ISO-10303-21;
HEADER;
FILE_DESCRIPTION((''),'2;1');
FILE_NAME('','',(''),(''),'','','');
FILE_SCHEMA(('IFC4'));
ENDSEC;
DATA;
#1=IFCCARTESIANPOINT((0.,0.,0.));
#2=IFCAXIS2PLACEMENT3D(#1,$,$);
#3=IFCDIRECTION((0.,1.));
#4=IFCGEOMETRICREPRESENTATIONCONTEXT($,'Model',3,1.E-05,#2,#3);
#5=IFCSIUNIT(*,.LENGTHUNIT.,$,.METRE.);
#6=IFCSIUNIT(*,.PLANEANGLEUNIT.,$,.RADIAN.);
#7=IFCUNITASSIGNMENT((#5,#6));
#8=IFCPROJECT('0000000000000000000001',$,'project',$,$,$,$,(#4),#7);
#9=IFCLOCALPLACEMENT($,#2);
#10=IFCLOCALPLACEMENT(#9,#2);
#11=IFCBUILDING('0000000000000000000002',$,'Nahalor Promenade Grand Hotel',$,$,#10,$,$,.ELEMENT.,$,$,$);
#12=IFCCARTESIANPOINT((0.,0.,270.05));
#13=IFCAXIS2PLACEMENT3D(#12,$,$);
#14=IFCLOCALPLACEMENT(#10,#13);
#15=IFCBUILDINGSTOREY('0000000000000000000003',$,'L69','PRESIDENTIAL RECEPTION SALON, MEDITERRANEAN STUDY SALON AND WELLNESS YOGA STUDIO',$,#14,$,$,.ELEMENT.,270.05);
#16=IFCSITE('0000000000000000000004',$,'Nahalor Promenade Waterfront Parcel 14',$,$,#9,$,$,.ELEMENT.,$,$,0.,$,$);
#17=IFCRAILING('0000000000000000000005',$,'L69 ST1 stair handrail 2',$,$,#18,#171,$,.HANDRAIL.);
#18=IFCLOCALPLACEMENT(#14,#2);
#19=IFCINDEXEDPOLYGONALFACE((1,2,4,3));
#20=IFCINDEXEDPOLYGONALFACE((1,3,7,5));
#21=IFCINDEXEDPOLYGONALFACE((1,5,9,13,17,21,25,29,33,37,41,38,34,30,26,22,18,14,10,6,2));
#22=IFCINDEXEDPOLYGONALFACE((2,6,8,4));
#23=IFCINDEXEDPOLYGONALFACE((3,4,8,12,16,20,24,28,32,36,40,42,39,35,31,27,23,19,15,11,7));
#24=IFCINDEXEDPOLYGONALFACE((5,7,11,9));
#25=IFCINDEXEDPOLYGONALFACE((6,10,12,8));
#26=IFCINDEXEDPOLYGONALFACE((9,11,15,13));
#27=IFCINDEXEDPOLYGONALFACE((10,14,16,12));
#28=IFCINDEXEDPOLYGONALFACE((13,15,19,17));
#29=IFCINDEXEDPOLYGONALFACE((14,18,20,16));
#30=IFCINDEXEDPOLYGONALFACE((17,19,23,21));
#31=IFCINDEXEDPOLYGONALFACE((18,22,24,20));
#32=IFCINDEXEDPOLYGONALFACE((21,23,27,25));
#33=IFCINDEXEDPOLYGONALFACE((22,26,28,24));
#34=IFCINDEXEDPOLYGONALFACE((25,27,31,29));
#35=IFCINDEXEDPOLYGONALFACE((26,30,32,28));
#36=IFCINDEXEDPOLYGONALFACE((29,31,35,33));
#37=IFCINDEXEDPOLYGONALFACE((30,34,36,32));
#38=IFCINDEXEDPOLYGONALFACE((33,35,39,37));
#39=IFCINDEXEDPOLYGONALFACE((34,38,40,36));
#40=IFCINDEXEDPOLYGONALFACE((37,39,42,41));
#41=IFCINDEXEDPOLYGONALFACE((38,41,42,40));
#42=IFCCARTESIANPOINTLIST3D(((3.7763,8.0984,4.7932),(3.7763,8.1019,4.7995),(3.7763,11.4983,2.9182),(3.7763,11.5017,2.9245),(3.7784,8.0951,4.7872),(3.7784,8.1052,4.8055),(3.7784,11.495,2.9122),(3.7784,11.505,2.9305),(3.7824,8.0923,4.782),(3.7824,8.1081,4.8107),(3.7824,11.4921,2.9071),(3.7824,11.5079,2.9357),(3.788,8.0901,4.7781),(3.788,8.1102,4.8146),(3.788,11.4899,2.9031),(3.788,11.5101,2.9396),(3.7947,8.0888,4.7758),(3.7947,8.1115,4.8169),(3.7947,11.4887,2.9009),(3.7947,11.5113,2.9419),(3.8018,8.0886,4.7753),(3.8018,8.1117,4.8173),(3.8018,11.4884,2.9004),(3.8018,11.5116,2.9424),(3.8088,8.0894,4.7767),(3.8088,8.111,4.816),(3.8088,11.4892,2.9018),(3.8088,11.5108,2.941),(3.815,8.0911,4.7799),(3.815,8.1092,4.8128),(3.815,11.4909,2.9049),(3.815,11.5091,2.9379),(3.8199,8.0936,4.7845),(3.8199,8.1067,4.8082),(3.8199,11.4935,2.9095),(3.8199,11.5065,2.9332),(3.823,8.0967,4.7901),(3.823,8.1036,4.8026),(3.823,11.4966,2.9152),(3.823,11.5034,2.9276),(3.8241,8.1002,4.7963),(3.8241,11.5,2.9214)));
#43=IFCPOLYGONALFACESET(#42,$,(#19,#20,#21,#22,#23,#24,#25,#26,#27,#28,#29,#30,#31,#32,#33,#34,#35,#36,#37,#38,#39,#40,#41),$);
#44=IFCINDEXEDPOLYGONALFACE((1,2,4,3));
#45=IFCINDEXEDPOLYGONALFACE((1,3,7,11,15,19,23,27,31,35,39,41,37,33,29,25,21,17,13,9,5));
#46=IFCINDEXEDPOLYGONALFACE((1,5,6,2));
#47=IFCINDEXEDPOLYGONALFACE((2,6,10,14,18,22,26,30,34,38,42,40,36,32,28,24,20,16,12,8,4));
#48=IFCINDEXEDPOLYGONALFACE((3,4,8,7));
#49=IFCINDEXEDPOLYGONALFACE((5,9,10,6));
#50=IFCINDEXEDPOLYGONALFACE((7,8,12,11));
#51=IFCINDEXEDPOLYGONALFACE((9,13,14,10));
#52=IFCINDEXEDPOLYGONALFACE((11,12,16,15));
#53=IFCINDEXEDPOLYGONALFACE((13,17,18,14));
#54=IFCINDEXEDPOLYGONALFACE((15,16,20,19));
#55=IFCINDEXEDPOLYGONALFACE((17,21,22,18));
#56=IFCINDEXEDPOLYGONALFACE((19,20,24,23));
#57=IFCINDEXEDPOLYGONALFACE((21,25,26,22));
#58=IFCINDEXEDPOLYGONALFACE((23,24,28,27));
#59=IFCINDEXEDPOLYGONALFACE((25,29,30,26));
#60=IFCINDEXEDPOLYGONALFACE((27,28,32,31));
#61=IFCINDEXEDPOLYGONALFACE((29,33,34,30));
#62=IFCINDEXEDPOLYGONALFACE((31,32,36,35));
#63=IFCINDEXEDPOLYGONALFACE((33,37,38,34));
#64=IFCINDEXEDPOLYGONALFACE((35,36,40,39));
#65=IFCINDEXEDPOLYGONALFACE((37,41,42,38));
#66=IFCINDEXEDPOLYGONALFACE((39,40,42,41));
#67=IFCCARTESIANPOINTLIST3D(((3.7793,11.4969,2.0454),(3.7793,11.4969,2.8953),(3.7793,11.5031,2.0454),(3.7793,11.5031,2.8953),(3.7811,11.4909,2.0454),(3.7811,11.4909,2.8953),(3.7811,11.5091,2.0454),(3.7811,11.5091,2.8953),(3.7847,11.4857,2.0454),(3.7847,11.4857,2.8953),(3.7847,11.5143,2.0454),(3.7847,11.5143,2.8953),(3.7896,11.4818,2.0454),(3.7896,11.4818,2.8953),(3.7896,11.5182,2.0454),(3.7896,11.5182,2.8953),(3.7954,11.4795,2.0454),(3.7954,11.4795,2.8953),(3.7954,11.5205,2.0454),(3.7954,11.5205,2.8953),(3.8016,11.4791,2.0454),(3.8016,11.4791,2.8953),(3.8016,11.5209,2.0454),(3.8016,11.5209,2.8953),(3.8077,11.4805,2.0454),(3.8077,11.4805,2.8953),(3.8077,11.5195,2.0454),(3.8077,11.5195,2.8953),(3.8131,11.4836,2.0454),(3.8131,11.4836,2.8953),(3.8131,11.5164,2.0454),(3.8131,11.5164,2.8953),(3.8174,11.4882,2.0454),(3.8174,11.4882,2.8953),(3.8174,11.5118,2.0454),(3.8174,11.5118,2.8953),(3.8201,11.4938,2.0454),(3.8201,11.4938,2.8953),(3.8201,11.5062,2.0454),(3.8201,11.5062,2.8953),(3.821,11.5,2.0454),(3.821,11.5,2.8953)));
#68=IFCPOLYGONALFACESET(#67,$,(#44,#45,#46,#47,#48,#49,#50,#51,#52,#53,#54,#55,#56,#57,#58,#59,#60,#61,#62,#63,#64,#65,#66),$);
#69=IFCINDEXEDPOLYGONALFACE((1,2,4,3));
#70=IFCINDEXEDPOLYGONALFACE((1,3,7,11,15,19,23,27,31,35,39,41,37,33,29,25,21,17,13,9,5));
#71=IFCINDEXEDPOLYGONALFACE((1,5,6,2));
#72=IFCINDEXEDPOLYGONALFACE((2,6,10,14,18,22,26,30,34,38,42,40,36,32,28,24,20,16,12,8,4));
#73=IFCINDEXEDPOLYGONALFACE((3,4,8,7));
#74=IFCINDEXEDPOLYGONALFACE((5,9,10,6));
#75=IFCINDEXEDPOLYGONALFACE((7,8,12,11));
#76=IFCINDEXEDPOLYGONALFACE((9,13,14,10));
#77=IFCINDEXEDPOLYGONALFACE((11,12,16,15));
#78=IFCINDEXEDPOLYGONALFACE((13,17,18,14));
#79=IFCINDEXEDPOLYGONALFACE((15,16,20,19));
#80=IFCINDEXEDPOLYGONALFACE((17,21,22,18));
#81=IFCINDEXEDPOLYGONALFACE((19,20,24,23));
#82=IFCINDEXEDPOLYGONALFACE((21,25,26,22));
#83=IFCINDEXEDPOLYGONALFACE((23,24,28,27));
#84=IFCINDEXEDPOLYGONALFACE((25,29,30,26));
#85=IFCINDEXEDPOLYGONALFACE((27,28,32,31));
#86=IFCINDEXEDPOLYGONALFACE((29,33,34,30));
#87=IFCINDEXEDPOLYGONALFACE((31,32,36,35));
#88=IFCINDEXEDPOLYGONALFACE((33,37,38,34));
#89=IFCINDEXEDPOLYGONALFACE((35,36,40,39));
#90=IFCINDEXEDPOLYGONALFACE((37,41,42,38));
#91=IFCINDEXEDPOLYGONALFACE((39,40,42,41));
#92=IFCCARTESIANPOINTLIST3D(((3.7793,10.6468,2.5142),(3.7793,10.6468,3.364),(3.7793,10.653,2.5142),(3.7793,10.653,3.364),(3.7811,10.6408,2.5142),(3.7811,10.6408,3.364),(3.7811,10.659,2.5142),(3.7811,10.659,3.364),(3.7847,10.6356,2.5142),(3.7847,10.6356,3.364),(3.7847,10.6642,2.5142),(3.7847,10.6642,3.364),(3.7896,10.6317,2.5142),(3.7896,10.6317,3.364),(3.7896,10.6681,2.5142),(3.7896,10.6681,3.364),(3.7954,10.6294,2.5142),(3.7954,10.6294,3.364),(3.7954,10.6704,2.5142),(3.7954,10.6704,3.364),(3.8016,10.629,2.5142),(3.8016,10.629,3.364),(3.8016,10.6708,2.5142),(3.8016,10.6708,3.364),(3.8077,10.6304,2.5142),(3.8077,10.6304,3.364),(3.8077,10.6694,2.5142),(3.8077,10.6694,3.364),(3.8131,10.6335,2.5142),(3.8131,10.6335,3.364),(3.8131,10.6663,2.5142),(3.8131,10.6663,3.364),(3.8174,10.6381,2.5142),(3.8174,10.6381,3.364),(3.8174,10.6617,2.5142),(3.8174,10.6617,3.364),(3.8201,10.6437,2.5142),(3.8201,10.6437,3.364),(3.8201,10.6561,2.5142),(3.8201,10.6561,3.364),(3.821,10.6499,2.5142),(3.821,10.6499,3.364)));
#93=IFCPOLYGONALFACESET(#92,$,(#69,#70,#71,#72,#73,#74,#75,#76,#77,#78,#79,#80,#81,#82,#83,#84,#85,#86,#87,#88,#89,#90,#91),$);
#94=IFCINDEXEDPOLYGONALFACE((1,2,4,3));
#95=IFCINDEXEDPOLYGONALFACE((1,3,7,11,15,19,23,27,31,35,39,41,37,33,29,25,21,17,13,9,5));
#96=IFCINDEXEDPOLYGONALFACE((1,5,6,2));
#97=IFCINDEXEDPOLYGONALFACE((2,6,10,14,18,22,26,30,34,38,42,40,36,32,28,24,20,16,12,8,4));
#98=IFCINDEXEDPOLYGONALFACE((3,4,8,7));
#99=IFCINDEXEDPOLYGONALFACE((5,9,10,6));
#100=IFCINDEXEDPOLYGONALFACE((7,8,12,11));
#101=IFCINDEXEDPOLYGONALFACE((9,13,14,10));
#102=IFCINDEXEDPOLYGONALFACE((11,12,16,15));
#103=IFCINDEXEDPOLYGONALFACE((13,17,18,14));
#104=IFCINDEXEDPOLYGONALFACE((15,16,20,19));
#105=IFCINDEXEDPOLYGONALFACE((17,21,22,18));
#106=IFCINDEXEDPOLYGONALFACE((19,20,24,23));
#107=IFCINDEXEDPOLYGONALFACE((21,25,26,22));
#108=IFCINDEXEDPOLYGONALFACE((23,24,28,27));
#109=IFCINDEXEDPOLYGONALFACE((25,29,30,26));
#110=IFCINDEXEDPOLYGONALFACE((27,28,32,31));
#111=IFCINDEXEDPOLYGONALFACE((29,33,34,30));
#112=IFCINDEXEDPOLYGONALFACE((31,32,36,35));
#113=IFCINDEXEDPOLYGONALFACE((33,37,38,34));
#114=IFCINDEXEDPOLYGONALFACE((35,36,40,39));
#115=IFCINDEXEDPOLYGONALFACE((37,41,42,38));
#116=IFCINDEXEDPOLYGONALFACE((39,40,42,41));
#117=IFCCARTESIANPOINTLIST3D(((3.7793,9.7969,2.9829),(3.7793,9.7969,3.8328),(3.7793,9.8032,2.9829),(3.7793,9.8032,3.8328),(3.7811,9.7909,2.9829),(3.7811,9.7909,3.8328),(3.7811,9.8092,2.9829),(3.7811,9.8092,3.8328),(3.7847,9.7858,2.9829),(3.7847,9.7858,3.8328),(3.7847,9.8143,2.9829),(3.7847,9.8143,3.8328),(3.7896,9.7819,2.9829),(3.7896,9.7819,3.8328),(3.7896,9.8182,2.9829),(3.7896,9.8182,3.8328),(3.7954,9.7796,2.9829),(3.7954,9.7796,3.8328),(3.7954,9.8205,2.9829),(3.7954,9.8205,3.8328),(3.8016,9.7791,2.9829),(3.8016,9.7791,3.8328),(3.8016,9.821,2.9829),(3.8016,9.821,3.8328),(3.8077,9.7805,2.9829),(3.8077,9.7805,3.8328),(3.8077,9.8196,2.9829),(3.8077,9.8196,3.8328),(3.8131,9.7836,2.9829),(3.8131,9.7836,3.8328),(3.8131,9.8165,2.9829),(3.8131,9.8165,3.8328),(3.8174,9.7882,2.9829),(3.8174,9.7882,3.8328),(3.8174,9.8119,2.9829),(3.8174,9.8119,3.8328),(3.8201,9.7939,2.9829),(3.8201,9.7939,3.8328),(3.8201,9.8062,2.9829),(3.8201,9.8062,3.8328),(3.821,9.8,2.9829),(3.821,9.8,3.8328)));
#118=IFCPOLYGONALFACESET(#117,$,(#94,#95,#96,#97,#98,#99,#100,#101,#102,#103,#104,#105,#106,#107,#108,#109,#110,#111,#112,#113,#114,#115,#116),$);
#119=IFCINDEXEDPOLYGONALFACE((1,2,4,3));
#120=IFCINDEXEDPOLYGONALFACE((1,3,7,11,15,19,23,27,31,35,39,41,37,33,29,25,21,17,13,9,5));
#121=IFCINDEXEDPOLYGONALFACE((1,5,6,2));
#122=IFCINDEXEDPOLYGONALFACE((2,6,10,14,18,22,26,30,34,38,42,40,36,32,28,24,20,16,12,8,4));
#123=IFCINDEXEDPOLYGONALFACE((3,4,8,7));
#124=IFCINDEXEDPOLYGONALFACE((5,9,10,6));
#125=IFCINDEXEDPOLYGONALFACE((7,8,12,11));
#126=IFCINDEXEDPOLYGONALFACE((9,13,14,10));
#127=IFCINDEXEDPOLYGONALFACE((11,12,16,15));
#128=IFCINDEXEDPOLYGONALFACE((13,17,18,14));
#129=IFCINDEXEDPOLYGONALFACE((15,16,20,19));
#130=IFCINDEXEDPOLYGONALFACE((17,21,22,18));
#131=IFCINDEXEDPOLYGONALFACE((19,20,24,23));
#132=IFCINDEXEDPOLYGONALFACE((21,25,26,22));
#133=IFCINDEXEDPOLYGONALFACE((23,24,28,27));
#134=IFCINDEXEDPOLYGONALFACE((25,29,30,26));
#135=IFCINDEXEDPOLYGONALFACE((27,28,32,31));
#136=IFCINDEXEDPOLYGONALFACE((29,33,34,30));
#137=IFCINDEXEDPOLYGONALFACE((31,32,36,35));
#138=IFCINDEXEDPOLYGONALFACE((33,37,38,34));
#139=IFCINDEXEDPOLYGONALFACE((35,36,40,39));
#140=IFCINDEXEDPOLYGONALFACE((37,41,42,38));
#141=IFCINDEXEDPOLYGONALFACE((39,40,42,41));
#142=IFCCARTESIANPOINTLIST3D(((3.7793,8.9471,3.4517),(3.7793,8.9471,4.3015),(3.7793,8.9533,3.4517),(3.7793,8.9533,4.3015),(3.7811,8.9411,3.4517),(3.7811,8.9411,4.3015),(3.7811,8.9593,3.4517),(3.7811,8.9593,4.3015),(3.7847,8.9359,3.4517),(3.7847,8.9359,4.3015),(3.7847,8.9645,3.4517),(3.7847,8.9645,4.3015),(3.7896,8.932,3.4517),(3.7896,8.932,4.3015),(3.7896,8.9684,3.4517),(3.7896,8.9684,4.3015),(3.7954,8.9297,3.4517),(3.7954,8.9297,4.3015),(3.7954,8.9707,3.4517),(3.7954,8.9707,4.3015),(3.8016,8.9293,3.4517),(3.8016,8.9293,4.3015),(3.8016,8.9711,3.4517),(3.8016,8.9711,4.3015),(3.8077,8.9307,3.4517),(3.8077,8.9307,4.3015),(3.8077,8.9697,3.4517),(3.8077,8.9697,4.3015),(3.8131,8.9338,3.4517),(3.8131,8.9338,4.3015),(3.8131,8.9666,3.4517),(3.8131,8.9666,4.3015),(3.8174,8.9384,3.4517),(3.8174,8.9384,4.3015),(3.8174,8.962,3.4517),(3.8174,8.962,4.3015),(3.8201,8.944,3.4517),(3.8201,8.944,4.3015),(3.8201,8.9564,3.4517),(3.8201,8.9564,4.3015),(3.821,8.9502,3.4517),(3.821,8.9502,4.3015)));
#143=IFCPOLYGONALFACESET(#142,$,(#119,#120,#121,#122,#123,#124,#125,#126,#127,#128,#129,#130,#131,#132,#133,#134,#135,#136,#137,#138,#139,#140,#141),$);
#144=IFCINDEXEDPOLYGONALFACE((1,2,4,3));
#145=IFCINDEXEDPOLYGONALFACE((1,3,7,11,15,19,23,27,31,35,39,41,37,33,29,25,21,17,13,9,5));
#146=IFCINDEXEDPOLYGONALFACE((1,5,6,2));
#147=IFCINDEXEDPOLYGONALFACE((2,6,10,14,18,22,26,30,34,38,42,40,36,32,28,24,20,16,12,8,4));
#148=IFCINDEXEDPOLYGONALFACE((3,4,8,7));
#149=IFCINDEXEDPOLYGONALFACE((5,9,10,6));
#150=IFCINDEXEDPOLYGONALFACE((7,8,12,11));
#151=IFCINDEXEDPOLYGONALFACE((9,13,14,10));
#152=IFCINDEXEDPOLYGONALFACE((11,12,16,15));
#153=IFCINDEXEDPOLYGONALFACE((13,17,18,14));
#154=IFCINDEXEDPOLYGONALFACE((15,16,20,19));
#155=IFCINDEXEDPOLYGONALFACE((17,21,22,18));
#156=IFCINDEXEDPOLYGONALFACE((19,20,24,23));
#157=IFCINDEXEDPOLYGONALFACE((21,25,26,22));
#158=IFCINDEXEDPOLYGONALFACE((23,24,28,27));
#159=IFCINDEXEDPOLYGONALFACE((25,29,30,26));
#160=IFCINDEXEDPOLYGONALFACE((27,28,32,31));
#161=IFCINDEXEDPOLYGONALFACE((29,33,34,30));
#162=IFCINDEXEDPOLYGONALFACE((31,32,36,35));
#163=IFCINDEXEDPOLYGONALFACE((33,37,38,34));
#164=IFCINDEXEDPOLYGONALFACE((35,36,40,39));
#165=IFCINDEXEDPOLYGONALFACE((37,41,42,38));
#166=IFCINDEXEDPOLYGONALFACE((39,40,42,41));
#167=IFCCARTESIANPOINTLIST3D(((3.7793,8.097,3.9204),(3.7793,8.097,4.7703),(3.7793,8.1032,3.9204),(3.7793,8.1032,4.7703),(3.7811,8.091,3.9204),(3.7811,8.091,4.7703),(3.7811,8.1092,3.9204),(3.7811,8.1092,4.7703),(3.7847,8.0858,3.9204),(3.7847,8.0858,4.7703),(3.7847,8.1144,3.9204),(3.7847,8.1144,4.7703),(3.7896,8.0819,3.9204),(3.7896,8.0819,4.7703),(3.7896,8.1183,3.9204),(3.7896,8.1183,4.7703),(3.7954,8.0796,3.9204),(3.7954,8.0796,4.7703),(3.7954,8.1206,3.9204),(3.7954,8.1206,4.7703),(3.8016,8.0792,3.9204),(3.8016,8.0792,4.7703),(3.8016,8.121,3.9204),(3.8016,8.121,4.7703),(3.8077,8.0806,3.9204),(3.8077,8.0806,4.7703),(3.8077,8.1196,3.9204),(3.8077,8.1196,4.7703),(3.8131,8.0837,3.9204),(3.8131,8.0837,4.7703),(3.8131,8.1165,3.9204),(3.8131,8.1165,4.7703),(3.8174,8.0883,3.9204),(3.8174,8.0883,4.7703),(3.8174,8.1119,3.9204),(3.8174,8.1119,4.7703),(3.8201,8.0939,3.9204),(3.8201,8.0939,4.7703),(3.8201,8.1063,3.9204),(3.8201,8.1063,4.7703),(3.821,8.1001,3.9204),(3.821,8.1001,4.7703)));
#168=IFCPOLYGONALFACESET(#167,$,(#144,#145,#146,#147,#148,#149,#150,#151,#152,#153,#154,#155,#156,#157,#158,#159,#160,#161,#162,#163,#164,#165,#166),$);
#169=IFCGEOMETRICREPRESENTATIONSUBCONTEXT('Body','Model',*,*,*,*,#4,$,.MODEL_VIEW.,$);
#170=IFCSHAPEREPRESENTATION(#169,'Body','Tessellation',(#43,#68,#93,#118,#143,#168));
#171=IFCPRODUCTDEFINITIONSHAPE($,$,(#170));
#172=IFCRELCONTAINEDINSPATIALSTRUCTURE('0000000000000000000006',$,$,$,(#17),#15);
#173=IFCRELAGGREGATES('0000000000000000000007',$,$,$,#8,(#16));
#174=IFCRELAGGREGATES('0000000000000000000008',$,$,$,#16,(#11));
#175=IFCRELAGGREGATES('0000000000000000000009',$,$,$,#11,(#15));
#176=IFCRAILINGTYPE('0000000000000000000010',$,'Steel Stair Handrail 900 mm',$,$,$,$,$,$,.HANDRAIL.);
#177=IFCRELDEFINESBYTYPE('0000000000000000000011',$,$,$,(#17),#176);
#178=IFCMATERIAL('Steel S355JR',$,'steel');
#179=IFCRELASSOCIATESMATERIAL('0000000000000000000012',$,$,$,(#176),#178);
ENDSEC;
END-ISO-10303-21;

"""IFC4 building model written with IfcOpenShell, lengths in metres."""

from ifc_helpers import new_model, si_unit, direction, frame, origin, origin_2d, place, context, subcontext, project, spatial, circle, extrude, material, type_object, element, save


model = new_model("IFC4")

# Units and contexts
model_context = context("Model", 3, precision=1e-05, world=origin(), true_north=direction((0.0, 1.0)))
body_context = subcontext(model_context, "Body", "Model", "MODEL_VIEW")
ifc_project = project(units=[si_unit("LENGTHUNIT", "METRE"), si_unit("PLANEANGLEUNIT", "RADIAN")], contexts=[model_context])

# Site, building, storey
site_placement = place(None, origin())
site = spatial("IfcSite", under=ifc_project, at=site_placement, Name="Nahalor Promenade Waterfront Parcel 14", CompositionType="ELEMENT", RefElevation=0.0)
building_placement = place(site_placement, origin())
building = spatial("IfcBuilding", under=site, at=building_placement, Name="Nahalor Promenade Grand Hotel", CompositionType="ELEMENT")
storey_placement = place(building_placement, frame((0.0, 0.0, 270.05)))
storey = spatial("IfcBuildingStorey", under=building, at=storey_placement, Name="L69", Description="PRESIDENTIAL RECEPTION SALON, MEDITERRANEAN STUDY SALON AND WELLNESS YOGA STUDIO", CompositionType="ELEMENT", Elevation=270.05)

# Shared definitions
ifc_material_1 = material(Name="Steel S355JR", Category="steel")

# Railing
railing_type = type_object("IfcRailingType", Name="Steel Stair Handrail 900 mm", PredefinedType="HANDRAIL", material=ifc_material_1)
railing_placement = place(storey_placement, frame((3.8, 11.5, 2.0454)))
element("IfcRailing", 1, at=railing_placement, inside=storey, type_object=railing_type, Name="L69 ST1 stair handrail 2", PredefinedType="HANDRAIL", context=body_context, shape_type="SweptSolid", body=[
    extrude(circle(Radius=0.024, at=origin_2d()), frame((0.0, 0.0, 0.876), z_axis=(0.0, -0.875666, 0.482918), x_axis=(1.0, 0.0, 0.0)), (0.0, 0.0, 1.0), 3.8826),
    extrude(circle(Radius=0.021, at=origin_2d()), origin(), (0.0, 0.0, 1.0), 0.8499),
    extrude(circle(Radius=0.021, at=origin_2d()), frame((0.0, -0.8501, 0.4688)), (0.0, 0.0, 1.0), 0.8499),
    extrude(circle(Radius=0.021, at=origin_2d()), frame((0.0, -1.7, 0.9375)), (0.0, 0.0, 1.0), 0.8499),
    extrude(circle(Radius=0.021, at=origin_2d()), frame((0.0, -2.5498, 1.4062)), (0.0, 0.0, 1.0), 0.8499),
    extrude(circle(Radius=0.021, at=origin_2d()), frame((0.0, -3.3999, 1.875)), (0.0, 0.0, 1.0), 0.8499),
])

save(model, "model.ifc")
